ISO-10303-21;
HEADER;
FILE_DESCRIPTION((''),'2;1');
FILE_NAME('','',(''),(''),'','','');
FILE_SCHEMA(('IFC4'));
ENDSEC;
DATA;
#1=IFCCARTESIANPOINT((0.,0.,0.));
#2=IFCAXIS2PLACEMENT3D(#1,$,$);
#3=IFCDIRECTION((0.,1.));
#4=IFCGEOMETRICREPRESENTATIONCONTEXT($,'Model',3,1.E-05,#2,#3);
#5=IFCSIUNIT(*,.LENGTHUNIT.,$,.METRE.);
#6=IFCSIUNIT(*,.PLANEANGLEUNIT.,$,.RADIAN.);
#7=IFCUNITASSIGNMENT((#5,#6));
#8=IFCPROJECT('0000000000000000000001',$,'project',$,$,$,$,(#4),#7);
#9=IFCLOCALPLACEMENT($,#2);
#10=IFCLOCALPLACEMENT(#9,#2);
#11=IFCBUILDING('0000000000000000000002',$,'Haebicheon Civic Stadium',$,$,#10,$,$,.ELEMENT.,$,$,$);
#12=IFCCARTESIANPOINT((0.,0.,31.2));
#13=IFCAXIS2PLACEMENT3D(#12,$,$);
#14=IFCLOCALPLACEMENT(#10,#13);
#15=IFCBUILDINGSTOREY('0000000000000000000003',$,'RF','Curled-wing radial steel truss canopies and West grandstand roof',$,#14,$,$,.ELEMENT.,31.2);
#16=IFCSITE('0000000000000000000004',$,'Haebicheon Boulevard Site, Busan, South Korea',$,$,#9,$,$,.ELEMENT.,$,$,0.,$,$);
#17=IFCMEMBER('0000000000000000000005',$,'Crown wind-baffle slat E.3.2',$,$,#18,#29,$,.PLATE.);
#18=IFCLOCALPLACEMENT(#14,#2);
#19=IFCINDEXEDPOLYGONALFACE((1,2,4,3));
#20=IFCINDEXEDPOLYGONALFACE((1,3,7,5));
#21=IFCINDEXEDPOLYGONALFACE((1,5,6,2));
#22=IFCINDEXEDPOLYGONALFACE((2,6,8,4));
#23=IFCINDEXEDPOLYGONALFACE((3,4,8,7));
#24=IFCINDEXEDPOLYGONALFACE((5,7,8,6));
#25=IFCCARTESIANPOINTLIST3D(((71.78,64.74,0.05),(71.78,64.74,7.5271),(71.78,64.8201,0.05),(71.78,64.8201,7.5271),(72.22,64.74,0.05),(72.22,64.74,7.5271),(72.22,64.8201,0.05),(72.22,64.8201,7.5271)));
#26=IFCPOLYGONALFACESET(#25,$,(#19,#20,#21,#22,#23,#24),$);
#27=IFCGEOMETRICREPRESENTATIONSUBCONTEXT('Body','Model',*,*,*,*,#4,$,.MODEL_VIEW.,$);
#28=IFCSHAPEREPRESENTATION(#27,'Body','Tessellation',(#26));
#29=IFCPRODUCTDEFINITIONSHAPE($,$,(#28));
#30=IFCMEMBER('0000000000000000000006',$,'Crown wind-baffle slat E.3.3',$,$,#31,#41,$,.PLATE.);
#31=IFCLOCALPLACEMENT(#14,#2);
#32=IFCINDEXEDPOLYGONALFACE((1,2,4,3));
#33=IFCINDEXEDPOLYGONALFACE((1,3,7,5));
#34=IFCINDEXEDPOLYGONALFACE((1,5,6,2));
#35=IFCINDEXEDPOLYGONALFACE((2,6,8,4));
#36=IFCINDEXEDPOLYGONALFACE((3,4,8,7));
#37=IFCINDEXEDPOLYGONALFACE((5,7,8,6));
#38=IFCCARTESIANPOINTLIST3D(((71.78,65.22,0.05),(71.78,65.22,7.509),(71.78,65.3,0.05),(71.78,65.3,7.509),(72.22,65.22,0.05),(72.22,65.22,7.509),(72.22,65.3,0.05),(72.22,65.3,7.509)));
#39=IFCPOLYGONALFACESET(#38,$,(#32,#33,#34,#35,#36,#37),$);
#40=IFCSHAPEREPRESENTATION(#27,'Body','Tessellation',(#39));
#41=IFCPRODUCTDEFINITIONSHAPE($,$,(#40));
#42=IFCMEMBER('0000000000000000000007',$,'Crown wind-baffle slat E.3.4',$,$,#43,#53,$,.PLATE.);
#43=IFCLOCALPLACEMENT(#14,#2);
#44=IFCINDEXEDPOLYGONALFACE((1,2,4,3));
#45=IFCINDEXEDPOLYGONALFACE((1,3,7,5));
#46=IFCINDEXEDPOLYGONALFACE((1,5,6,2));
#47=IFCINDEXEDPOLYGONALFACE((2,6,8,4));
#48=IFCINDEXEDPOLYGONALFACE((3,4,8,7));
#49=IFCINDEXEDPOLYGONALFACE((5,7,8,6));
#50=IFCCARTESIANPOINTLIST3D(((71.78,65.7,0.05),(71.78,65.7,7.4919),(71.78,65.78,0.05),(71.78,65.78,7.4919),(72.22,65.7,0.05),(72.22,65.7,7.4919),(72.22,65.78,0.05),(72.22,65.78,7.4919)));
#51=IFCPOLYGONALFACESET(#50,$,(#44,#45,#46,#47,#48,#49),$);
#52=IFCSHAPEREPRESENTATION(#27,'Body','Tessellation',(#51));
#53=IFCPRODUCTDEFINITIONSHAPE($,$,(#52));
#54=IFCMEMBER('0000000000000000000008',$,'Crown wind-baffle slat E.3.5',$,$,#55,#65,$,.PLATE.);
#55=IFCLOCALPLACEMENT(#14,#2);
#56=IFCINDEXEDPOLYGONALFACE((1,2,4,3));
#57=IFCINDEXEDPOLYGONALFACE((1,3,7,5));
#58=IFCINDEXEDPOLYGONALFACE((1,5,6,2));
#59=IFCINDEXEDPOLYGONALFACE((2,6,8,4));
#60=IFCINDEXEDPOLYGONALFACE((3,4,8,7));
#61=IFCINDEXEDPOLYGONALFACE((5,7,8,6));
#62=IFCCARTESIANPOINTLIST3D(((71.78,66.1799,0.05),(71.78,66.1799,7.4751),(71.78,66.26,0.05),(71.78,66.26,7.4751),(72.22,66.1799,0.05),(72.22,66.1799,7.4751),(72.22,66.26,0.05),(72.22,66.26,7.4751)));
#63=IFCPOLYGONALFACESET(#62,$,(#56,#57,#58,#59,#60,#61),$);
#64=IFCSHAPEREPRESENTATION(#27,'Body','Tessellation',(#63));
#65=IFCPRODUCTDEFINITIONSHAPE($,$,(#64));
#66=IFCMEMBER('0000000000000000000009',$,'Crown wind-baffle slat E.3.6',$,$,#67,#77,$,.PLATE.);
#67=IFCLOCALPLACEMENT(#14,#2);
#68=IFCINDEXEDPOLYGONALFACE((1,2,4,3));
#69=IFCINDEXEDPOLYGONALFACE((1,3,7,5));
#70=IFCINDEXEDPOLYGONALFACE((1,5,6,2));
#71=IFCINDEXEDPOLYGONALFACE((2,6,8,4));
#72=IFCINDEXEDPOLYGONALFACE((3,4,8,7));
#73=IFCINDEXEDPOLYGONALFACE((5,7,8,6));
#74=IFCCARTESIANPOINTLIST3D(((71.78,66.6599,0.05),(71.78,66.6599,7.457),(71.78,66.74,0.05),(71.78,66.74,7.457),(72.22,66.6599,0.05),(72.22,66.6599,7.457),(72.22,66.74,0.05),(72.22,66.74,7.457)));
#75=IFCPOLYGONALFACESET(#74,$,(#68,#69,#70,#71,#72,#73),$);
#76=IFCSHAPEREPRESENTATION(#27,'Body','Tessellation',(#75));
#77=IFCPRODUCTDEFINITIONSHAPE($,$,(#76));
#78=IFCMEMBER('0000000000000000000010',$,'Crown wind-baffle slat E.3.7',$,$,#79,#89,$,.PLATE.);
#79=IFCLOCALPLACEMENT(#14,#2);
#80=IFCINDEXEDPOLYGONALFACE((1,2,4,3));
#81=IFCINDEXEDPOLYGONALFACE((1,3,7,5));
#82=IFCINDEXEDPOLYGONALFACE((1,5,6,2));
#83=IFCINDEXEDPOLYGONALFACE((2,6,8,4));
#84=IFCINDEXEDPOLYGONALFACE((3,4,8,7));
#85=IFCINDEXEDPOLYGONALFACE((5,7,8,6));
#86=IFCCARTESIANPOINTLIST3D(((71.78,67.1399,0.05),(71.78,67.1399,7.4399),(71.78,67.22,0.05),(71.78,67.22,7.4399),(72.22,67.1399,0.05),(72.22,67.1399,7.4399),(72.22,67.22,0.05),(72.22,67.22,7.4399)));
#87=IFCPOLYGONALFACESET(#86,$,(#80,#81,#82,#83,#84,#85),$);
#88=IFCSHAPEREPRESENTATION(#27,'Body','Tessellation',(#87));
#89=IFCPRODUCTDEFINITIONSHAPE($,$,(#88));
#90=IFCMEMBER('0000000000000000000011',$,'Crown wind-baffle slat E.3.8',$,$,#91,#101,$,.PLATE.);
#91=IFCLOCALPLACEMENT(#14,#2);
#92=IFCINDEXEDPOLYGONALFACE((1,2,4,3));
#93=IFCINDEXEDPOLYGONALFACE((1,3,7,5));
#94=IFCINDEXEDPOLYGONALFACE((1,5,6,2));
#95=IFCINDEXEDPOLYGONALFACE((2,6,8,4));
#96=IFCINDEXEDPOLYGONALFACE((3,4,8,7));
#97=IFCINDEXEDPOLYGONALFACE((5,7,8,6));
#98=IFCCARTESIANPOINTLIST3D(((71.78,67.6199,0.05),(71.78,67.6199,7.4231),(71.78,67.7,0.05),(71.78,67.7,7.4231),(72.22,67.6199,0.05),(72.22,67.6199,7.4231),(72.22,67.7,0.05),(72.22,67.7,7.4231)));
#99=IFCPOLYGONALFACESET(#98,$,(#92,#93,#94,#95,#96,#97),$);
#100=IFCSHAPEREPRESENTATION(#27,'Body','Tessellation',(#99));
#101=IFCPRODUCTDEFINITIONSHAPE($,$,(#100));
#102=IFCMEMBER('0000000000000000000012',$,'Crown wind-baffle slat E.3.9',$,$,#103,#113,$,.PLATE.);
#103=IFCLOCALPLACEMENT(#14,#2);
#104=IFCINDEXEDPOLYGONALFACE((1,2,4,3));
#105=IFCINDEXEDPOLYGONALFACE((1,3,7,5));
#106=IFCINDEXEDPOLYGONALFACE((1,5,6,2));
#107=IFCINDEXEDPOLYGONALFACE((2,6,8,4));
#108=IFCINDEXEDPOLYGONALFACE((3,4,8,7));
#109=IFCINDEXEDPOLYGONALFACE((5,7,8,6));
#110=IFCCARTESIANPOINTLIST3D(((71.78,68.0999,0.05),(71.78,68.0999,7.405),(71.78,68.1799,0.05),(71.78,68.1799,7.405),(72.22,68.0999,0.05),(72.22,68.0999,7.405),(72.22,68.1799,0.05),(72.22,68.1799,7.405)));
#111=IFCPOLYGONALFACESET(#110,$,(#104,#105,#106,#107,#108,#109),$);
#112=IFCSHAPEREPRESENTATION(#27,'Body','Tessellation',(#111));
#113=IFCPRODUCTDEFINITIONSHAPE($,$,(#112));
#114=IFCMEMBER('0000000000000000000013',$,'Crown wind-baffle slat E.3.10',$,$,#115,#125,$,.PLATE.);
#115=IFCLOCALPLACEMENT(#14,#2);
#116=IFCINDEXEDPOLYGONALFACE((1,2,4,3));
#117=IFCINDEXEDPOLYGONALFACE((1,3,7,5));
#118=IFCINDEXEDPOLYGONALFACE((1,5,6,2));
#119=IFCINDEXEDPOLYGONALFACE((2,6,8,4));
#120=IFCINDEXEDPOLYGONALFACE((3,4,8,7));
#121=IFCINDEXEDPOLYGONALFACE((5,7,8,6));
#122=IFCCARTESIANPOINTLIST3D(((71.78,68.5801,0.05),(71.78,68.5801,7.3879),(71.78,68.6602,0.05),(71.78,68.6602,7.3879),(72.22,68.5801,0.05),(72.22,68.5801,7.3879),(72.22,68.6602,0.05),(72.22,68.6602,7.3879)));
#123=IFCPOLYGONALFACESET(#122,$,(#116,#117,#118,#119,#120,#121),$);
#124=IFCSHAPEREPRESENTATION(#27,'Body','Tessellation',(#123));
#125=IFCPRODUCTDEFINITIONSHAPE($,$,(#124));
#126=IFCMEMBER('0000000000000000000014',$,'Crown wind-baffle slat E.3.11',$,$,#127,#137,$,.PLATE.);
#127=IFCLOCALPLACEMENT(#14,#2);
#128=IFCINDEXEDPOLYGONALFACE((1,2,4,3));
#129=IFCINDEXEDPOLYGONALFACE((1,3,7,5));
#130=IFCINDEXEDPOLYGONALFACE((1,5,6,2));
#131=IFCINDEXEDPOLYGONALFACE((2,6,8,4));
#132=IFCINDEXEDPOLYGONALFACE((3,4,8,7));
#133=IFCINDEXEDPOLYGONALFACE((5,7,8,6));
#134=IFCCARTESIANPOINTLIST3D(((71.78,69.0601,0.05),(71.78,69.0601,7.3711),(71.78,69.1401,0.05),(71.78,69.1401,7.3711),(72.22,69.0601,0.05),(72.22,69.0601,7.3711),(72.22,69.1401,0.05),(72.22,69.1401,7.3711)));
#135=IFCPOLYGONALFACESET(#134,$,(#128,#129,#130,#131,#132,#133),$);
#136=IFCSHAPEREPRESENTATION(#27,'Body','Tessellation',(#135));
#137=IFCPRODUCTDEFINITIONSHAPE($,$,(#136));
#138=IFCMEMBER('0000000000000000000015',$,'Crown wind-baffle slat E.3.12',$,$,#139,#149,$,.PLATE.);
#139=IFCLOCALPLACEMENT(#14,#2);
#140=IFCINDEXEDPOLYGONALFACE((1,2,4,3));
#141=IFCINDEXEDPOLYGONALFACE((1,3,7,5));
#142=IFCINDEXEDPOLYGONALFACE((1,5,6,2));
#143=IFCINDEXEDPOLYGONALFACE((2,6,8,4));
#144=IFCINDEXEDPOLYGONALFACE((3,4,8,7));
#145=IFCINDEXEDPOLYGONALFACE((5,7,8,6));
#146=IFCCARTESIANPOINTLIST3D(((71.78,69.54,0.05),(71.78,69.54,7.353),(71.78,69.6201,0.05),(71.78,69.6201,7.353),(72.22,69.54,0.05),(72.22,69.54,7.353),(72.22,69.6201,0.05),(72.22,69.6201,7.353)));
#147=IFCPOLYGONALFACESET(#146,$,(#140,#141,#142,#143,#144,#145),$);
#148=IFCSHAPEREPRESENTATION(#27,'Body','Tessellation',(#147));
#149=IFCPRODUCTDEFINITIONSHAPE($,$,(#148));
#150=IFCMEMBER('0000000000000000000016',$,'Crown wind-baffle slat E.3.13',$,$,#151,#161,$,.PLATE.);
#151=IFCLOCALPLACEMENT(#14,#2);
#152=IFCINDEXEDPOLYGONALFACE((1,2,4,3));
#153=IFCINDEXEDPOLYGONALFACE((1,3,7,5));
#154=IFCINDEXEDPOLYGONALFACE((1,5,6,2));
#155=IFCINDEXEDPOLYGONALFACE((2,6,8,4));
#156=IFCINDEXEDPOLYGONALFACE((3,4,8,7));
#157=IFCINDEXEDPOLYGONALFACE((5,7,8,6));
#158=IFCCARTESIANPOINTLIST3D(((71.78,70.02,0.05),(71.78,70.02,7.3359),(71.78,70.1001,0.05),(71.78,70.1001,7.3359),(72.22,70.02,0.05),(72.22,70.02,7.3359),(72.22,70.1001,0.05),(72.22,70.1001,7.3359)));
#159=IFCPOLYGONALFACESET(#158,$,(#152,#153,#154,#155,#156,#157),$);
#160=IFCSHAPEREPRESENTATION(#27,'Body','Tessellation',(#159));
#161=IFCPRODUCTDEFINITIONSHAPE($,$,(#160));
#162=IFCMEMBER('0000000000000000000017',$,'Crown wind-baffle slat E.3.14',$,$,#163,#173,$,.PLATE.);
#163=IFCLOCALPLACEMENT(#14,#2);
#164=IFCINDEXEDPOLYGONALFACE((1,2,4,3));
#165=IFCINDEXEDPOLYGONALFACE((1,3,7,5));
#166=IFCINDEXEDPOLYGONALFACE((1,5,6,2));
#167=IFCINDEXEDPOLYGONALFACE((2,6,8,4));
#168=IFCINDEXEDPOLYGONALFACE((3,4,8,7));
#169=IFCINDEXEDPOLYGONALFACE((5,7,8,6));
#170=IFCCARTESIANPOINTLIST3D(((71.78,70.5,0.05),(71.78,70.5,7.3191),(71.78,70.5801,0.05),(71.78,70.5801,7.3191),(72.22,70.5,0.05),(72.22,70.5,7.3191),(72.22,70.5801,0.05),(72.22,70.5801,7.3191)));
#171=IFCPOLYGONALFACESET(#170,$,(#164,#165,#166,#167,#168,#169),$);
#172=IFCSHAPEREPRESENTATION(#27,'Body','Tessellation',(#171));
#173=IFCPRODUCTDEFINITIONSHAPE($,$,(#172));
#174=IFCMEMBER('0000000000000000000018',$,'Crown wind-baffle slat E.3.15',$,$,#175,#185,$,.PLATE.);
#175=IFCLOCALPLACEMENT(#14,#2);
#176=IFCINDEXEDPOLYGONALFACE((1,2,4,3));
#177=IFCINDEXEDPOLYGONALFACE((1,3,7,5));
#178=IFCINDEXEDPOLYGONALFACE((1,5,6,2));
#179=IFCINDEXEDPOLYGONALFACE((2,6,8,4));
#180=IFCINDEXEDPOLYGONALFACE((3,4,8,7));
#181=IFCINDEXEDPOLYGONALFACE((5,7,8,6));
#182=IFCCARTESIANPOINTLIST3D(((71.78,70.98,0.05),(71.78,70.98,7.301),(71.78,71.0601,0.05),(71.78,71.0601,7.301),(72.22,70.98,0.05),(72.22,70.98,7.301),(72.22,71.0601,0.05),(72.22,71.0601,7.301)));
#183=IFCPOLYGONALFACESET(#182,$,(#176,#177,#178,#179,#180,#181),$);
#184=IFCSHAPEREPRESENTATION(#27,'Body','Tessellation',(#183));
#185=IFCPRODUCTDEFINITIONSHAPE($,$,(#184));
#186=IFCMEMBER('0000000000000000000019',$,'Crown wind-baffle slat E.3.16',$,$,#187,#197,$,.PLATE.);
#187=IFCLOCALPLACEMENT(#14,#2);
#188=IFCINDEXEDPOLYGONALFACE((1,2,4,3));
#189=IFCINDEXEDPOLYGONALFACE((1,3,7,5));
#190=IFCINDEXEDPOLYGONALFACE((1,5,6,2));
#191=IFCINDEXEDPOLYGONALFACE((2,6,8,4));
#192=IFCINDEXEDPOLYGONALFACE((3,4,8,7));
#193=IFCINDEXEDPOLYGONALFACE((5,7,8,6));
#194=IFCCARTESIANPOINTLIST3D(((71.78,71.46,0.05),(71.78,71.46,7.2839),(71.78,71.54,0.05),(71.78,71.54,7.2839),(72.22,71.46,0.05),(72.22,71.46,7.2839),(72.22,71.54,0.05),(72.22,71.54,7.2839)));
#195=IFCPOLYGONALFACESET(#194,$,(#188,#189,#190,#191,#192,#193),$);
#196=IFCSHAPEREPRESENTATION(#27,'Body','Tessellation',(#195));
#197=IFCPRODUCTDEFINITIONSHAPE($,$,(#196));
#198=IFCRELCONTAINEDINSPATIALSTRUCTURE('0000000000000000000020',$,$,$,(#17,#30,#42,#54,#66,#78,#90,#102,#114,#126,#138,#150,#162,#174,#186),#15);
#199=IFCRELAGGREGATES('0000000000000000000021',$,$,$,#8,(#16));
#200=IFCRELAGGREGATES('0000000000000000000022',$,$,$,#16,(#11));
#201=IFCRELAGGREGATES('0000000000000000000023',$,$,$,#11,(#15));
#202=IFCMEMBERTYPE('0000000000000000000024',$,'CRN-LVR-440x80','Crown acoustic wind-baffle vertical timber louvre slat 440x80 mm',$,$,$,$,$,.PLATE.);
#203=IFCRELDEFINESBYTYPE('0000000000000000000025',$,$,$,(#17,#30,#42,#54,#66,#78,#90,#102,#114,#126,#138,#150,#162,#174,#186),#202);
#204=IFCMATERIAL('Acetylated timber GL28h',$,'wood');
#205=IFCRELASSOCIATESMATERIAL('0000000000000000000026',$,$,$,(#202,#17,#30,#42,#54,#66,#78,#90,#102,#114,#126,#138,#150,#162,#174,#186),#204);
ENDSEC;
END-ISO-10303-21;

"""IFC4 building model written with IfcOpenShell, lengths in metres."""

from ifc_helpers import new_model, si_unit, direction, frame, origin, origin_2d, place, context, subcontext, project, spatial, rectangle, extrude, material, material_profile, profile_set, type_object, element, save


model = new_model("IFC4")

# Units and contexts
model_context = context("Model", 3, precision=1e-05, world=origin(), true_north=direction((0.0, 1.0)))
body_context = subcontext(model_context, "Body", "Model", "MODEL_VIEW")
ifc_project = project(units=[si_unit("LENGTHUNIT", "METRE"), si_unit("PLANEANGLEUNIT", "RADIAN")], contexts=[model_context])

# Site, building, storey
site_placement = place(None, origin())
site = spatial("IfcSite", under=ifc_project, at=site_placement, Name="Haebicheon Boulevard Site, Busan, South Korea", CompositionType="ELEMENT", RefElevation=0.0)
building_placement = place(site_placement, origin())
building = spatial("IfcBuilding", under=site, at=building_placement, Name="Haebicheon Civic Stadium", CompositionType="ELEMENT")
storey_placement = place(building_placement, frame((0.0, 0.0, 31.2)))
storey = spatial("IfcBuildingStorey", under=building, at=storey_placement, Name="RF", Description="Curled-wing radial steel truss canopies and West grandstand roof", CompositionType="ELEMENT", Elevation=31.2)

# Members
ifc_material_1 = material(Name="Acetylated timber GL28h", Category="wood")
ifc_material_profile_1 = material_profile(ifc_material_1, rectangle(XDim=0.0801, YDim=0.4399, at=origin_2d()), Name="TMB-LOUV-80x440")
ifc_profile_set_1 = profile_set([ifc_material_profile_1], Name="Acetylated timber GL28h")
member_type_1 = type_object("IfcMemberType", Name="CRN-LVR-440x80", Description="Crown acoustic wind-baffle vertical timber louvre slat 440x80 mm", PredefinedType="PLATE", material=ifc_profile_set_1)
member_1_placement = place(storey_placement, frame((72.0, 64.78, 0.05), z_axis=(0.0, 0.0, 1.0), x_axis=(0.0, 1.0, 0.0)))
element("IfcMember", 1, at=member_1_placement, inside=storey, type_object=member_type_1, material=ifc_profile_set_1, Name="Crown wind-baffle slat E.3.2", PredefinedType="PLATE", context=body_context, shape_type="SweptSolid", body=[
    extrude(rectangle(XDim=0.0801, YDim=0.4399, at=origin_2d()), origin(), (0.0, 0.0, 1.0), 7.4771),
])
member_2_placement = place(storey_placement, frame((72.0, 65.26, 0.05), z_axis=(0.0, 0.0, 1.0), x_axis=(0.0, 1.0, 0.0)))
element("IfcMember", 2, at=member_2_placement, inside=storey, type_object=member_type_1, material=ifc_profile_set_1, Name="Crown wind-baffle slat E.3.3", PredefinedType="PLATE", context=body_context, shape_type="SweptSolid", body=[
    extrude(rectangle(XDim=0.0801, YDim=0.4399, at=origin_2d()), origin(), (0.0, 0.0, 1.0), 7.459),
])
member_3_placement = place(storey_placement, frame((72.0, 65.74, 0.05), z_axis=(0.0, 0.0, 1.0), x_axis=(0.0, 1.0, 0.0)))
element("IfcMember", 3, at=member_3_placement, inside=storey, type_object=member_type_1, material=ifc_profile_set_1, Name="Crown wind-baffle slat E.3.4", PredefinedType="PLATE", context=body_context, shape_type="SweptSolid", body=[
    extrude(rectangle(XDim=0.0801, YDim=0.4399, at=origin_2d()), origin(), (0.0, 0.0, 1.0), 7.4419),
])
member_4_placement = place(storey_placement, frame((72.0, 66.22, 0.05), z_axis=(0.0, 0.0, 1.0), x_axis=(0.0, 1.0, 0.0)))
element("IfcMember", 4, at=member_4_placement, inside=storey, type_object=member_type_1, material=ifc_profile_set_1, Name="Crown wind-baffle slat E.3.5", PredefinedType="PLATE", context=body_context, shape_type="SweptSolid", body=[
    extrude(rectangle(XDim=0.0801, YDim=0.4399, at=origin_2d()), origin(), (0.0, 0.0, 1.0), 7.425),
])
member_5_placement = place(storey_placement, frame((72.0, 66.7, 0.05), z_axis=(0.0, 0.0, 1.0), x_axis=(0.0, 1.0, 0.0)))
element("IfcMember", 5, at=member_5_placement, inside=storey, type_object=member_type_1, material=ifc_profile_set_1, Name="Crown wind-baffle slat E.3.6", PredefinedType="PLATE", context=body_context, shape_type="SweptSolid", body=[
    extrude(rectangle(XDim=0.0801, YDim=0.4399, at=origin_2d()), origin(), (0.0, 0.0, 1.0), 7.407),
])
member_6_placement = place(storey_placement, frame((72.0, 67.1799, 0.05), z_axis=(0.0, 0.0, 1.0), x_axis=(0.0, 1.0, 0.0)))
element("IfcMember", 6, at=member_6_placement, inside=storey, type_object=member_type_1, material=ifc_profile_set_1, Name="Crown wind-baffle slat E.3.7", PredefinedType="PLATE", context=body_context, shape_type="SweptSolid", body=[
    extrude(rectangle(XDim=0.0801, YDim=0.4399, at=origin_2d()), origin(), (0.0, 0.0, 1.0), 7.3899),
])
member_7_placement = place(storey_placement, frame((72.0, 67.6599, 0.05), z_axis=(0.0, 0.0, 1.0), x_axis=(0.0, 1.0, 0.0)))
element("IfcMember", 7, at=member_7_placement, inside=storey, type_object=member_type_1, material=ifc_profile_set_1, Name="Crown wind-baffle slat E.3.8", PredefinedType="PLATE", context=body_context, shape_type="SweptSolid", body=[
    extrude(rectangle(XDim=0.0801, YDim=0.4399, at=origin_2d()), origin(), (0.0, 0.0, 1.0), 7.373),
])
member_8_placement = place(storey_placement, frame((72.0, 68.1399, 0.05), z_axis=(0.0, 0.0, 1.0), x_axis=(0.0, 1.0, 0.0)))
element("IfcMember", 8, at=member_8_placement, inside=storey, type_object=member_type_1, material=ifc_profile_set_1, Name="Crown wind-baffle slat E.3.9", PredefinedType="PLATE", context=body_context, shape_type="SweptSolid", body=[
    extrude(rectangle(XDim=0.0801, YDim=0.4399, at=origin_2d()), origin(), (0.0, 0.0, 1.0), 7.355),
])
member_9_placement = place(storey_placement, frame((72.0, 68.6201, 0.05), z_axis=(0.0, 0.0, 1.0), x_axis=(0.0, 1.0, 0.0)))
element("IfcMember", 9, at=member_9_placement, inside=storey, type_object=member_type_1, material=ifc_profile_set_1, Name="Crown wind-baffle slat E.3.10", PredefinedType="PLATE", context=body_context, shape_type="SweptSolid", body=[
    extrude(rectangle(XDim=0.0801, YDim=0.4399, at=origin_2d()), origin(), (0.0, 0.0, 1.0), 7.3379),
])
member_10_placement = place(storey_placement, frame((72.0, 69.1001, 0.05), z_axis=(0.0, 0.0, 1.0), x_axis=(0.0, 1.0, 0.0)))
element("IfcMember", 10, at=member_10_placement, inside=storey, type_object=member_type_1, material=ifc_profile_set_1, Name="Crown wind-baffle slat E.3.11", PredefinedType="PLATE", context=body_context, shape_type="SweptSolid", body=[
    extrude(rectangle(XDim=0.0801, YDim=0.4399, at=origin_2d()), origin(), (0.0, 0.0, 1.0), 7.321),
])
member_11_placement = place(storey_placement, frame((72.0, 69.5801, 0.05), z_axis=(0.0, 0.0, 1.0), x_axis=(0.0, 1.0, 0.0)))
element("IfcMember", 11, at=member_11_placement, inside=storey, type_object=member_type_1, material=ifc_profile_set_1, Name="Crown wind-baffle slat E.3.12", PredefinedType="PLATE", context=body_context, shape_type="SweptSolid", body=[
    extrude(rectangle(XDim=0.0801, YDim=0.4399, at=origin_2d()), origin(), (0.0, 0.0, 1.0), 7.303),
])
member_12_placement = place(storey_placement, frame((72.0, 70.0601, 0.05), z_axis=(0.0, 0.0, 1.0), x_axis=(0.0, 1.0, 0.0)))
element("IfcMember", 12, at=member_12_placement, inside=storey, type_object=member_type_1, material=ifc_profile_set_1, Name="Crown wind-baffle slat E.3.13", PredefinedType="PLATE", context=body_context, shape_type="SweptSolid", body=[
    extrude(rectangle(XDim=0.0801, YDim=0.4399, at=origin_2d()), origin(), (0.0, 0.0, 1.0), 7.2859),
])
member_13_placement = place(storey_placement, frame((72.0, 70.54, 0.05), z_axis=(0.0, 0.0, 1.0), x_axis=(0.0, 1.0, 0.0)))
element("IfcMember", 13, at=member_13_placement, inside=storey, type_object=member_type_1, material=ifc_profile_set_1, Name="Crown wind-baffle slat E.3.14", PredefinedType="PLATE", context=body_context, shape_type="SweptSolid", body=[
    extrude(rectangle(XDim=0.0801, YDim=0.4399, at=origin_2d()), origin(), (0.0, 0.0, 1.0), 7.269),
])
member_14_placement = place(storey_placement, frame((72.0, 71.02, 0.05), z_axis=(0.0, 0.0, 1.0), x_axis=(0.0, 1.0, 0.0)))
element("IfcMember", 14, at=member_14_placement, inside=storey, type_object=member_type_1, material=ifc_profile_set_1, Name="Crown wind-baffle slat E.3.15", PredefinedType="PLATE", context=body_context, shape_type="SweptSolid", body=[
    extrude(rectangle(XDim=0.0801, YDim=0.4399, at=origin_2d()), origin(), (0.0, 0.0, 1.0), 7.251),
])
member_15_placement = place(storey_placement, frame((72.0, 71.5, 0.05), z_axis=(0.0, 0.0, 1.0), x_axis=(0.0, 1.0, 0.0)))
element("IfcMember", 15, at=member_15_placement, inside=storey, type_object=member_type_1, material=ifc_profile_set_1, Name="Crown wind-baffle slat E.3.16", PredefinedType="PLATE", context=body_context, shape_type="SweptSolid", body=[
    extrude(rectangle(XDim=0.0801, YDim=0.4399, at=origin_2d()), origin(), (0.0, 0.0, 1.0), 7.2339),
])

save(model, "model.ifc")
